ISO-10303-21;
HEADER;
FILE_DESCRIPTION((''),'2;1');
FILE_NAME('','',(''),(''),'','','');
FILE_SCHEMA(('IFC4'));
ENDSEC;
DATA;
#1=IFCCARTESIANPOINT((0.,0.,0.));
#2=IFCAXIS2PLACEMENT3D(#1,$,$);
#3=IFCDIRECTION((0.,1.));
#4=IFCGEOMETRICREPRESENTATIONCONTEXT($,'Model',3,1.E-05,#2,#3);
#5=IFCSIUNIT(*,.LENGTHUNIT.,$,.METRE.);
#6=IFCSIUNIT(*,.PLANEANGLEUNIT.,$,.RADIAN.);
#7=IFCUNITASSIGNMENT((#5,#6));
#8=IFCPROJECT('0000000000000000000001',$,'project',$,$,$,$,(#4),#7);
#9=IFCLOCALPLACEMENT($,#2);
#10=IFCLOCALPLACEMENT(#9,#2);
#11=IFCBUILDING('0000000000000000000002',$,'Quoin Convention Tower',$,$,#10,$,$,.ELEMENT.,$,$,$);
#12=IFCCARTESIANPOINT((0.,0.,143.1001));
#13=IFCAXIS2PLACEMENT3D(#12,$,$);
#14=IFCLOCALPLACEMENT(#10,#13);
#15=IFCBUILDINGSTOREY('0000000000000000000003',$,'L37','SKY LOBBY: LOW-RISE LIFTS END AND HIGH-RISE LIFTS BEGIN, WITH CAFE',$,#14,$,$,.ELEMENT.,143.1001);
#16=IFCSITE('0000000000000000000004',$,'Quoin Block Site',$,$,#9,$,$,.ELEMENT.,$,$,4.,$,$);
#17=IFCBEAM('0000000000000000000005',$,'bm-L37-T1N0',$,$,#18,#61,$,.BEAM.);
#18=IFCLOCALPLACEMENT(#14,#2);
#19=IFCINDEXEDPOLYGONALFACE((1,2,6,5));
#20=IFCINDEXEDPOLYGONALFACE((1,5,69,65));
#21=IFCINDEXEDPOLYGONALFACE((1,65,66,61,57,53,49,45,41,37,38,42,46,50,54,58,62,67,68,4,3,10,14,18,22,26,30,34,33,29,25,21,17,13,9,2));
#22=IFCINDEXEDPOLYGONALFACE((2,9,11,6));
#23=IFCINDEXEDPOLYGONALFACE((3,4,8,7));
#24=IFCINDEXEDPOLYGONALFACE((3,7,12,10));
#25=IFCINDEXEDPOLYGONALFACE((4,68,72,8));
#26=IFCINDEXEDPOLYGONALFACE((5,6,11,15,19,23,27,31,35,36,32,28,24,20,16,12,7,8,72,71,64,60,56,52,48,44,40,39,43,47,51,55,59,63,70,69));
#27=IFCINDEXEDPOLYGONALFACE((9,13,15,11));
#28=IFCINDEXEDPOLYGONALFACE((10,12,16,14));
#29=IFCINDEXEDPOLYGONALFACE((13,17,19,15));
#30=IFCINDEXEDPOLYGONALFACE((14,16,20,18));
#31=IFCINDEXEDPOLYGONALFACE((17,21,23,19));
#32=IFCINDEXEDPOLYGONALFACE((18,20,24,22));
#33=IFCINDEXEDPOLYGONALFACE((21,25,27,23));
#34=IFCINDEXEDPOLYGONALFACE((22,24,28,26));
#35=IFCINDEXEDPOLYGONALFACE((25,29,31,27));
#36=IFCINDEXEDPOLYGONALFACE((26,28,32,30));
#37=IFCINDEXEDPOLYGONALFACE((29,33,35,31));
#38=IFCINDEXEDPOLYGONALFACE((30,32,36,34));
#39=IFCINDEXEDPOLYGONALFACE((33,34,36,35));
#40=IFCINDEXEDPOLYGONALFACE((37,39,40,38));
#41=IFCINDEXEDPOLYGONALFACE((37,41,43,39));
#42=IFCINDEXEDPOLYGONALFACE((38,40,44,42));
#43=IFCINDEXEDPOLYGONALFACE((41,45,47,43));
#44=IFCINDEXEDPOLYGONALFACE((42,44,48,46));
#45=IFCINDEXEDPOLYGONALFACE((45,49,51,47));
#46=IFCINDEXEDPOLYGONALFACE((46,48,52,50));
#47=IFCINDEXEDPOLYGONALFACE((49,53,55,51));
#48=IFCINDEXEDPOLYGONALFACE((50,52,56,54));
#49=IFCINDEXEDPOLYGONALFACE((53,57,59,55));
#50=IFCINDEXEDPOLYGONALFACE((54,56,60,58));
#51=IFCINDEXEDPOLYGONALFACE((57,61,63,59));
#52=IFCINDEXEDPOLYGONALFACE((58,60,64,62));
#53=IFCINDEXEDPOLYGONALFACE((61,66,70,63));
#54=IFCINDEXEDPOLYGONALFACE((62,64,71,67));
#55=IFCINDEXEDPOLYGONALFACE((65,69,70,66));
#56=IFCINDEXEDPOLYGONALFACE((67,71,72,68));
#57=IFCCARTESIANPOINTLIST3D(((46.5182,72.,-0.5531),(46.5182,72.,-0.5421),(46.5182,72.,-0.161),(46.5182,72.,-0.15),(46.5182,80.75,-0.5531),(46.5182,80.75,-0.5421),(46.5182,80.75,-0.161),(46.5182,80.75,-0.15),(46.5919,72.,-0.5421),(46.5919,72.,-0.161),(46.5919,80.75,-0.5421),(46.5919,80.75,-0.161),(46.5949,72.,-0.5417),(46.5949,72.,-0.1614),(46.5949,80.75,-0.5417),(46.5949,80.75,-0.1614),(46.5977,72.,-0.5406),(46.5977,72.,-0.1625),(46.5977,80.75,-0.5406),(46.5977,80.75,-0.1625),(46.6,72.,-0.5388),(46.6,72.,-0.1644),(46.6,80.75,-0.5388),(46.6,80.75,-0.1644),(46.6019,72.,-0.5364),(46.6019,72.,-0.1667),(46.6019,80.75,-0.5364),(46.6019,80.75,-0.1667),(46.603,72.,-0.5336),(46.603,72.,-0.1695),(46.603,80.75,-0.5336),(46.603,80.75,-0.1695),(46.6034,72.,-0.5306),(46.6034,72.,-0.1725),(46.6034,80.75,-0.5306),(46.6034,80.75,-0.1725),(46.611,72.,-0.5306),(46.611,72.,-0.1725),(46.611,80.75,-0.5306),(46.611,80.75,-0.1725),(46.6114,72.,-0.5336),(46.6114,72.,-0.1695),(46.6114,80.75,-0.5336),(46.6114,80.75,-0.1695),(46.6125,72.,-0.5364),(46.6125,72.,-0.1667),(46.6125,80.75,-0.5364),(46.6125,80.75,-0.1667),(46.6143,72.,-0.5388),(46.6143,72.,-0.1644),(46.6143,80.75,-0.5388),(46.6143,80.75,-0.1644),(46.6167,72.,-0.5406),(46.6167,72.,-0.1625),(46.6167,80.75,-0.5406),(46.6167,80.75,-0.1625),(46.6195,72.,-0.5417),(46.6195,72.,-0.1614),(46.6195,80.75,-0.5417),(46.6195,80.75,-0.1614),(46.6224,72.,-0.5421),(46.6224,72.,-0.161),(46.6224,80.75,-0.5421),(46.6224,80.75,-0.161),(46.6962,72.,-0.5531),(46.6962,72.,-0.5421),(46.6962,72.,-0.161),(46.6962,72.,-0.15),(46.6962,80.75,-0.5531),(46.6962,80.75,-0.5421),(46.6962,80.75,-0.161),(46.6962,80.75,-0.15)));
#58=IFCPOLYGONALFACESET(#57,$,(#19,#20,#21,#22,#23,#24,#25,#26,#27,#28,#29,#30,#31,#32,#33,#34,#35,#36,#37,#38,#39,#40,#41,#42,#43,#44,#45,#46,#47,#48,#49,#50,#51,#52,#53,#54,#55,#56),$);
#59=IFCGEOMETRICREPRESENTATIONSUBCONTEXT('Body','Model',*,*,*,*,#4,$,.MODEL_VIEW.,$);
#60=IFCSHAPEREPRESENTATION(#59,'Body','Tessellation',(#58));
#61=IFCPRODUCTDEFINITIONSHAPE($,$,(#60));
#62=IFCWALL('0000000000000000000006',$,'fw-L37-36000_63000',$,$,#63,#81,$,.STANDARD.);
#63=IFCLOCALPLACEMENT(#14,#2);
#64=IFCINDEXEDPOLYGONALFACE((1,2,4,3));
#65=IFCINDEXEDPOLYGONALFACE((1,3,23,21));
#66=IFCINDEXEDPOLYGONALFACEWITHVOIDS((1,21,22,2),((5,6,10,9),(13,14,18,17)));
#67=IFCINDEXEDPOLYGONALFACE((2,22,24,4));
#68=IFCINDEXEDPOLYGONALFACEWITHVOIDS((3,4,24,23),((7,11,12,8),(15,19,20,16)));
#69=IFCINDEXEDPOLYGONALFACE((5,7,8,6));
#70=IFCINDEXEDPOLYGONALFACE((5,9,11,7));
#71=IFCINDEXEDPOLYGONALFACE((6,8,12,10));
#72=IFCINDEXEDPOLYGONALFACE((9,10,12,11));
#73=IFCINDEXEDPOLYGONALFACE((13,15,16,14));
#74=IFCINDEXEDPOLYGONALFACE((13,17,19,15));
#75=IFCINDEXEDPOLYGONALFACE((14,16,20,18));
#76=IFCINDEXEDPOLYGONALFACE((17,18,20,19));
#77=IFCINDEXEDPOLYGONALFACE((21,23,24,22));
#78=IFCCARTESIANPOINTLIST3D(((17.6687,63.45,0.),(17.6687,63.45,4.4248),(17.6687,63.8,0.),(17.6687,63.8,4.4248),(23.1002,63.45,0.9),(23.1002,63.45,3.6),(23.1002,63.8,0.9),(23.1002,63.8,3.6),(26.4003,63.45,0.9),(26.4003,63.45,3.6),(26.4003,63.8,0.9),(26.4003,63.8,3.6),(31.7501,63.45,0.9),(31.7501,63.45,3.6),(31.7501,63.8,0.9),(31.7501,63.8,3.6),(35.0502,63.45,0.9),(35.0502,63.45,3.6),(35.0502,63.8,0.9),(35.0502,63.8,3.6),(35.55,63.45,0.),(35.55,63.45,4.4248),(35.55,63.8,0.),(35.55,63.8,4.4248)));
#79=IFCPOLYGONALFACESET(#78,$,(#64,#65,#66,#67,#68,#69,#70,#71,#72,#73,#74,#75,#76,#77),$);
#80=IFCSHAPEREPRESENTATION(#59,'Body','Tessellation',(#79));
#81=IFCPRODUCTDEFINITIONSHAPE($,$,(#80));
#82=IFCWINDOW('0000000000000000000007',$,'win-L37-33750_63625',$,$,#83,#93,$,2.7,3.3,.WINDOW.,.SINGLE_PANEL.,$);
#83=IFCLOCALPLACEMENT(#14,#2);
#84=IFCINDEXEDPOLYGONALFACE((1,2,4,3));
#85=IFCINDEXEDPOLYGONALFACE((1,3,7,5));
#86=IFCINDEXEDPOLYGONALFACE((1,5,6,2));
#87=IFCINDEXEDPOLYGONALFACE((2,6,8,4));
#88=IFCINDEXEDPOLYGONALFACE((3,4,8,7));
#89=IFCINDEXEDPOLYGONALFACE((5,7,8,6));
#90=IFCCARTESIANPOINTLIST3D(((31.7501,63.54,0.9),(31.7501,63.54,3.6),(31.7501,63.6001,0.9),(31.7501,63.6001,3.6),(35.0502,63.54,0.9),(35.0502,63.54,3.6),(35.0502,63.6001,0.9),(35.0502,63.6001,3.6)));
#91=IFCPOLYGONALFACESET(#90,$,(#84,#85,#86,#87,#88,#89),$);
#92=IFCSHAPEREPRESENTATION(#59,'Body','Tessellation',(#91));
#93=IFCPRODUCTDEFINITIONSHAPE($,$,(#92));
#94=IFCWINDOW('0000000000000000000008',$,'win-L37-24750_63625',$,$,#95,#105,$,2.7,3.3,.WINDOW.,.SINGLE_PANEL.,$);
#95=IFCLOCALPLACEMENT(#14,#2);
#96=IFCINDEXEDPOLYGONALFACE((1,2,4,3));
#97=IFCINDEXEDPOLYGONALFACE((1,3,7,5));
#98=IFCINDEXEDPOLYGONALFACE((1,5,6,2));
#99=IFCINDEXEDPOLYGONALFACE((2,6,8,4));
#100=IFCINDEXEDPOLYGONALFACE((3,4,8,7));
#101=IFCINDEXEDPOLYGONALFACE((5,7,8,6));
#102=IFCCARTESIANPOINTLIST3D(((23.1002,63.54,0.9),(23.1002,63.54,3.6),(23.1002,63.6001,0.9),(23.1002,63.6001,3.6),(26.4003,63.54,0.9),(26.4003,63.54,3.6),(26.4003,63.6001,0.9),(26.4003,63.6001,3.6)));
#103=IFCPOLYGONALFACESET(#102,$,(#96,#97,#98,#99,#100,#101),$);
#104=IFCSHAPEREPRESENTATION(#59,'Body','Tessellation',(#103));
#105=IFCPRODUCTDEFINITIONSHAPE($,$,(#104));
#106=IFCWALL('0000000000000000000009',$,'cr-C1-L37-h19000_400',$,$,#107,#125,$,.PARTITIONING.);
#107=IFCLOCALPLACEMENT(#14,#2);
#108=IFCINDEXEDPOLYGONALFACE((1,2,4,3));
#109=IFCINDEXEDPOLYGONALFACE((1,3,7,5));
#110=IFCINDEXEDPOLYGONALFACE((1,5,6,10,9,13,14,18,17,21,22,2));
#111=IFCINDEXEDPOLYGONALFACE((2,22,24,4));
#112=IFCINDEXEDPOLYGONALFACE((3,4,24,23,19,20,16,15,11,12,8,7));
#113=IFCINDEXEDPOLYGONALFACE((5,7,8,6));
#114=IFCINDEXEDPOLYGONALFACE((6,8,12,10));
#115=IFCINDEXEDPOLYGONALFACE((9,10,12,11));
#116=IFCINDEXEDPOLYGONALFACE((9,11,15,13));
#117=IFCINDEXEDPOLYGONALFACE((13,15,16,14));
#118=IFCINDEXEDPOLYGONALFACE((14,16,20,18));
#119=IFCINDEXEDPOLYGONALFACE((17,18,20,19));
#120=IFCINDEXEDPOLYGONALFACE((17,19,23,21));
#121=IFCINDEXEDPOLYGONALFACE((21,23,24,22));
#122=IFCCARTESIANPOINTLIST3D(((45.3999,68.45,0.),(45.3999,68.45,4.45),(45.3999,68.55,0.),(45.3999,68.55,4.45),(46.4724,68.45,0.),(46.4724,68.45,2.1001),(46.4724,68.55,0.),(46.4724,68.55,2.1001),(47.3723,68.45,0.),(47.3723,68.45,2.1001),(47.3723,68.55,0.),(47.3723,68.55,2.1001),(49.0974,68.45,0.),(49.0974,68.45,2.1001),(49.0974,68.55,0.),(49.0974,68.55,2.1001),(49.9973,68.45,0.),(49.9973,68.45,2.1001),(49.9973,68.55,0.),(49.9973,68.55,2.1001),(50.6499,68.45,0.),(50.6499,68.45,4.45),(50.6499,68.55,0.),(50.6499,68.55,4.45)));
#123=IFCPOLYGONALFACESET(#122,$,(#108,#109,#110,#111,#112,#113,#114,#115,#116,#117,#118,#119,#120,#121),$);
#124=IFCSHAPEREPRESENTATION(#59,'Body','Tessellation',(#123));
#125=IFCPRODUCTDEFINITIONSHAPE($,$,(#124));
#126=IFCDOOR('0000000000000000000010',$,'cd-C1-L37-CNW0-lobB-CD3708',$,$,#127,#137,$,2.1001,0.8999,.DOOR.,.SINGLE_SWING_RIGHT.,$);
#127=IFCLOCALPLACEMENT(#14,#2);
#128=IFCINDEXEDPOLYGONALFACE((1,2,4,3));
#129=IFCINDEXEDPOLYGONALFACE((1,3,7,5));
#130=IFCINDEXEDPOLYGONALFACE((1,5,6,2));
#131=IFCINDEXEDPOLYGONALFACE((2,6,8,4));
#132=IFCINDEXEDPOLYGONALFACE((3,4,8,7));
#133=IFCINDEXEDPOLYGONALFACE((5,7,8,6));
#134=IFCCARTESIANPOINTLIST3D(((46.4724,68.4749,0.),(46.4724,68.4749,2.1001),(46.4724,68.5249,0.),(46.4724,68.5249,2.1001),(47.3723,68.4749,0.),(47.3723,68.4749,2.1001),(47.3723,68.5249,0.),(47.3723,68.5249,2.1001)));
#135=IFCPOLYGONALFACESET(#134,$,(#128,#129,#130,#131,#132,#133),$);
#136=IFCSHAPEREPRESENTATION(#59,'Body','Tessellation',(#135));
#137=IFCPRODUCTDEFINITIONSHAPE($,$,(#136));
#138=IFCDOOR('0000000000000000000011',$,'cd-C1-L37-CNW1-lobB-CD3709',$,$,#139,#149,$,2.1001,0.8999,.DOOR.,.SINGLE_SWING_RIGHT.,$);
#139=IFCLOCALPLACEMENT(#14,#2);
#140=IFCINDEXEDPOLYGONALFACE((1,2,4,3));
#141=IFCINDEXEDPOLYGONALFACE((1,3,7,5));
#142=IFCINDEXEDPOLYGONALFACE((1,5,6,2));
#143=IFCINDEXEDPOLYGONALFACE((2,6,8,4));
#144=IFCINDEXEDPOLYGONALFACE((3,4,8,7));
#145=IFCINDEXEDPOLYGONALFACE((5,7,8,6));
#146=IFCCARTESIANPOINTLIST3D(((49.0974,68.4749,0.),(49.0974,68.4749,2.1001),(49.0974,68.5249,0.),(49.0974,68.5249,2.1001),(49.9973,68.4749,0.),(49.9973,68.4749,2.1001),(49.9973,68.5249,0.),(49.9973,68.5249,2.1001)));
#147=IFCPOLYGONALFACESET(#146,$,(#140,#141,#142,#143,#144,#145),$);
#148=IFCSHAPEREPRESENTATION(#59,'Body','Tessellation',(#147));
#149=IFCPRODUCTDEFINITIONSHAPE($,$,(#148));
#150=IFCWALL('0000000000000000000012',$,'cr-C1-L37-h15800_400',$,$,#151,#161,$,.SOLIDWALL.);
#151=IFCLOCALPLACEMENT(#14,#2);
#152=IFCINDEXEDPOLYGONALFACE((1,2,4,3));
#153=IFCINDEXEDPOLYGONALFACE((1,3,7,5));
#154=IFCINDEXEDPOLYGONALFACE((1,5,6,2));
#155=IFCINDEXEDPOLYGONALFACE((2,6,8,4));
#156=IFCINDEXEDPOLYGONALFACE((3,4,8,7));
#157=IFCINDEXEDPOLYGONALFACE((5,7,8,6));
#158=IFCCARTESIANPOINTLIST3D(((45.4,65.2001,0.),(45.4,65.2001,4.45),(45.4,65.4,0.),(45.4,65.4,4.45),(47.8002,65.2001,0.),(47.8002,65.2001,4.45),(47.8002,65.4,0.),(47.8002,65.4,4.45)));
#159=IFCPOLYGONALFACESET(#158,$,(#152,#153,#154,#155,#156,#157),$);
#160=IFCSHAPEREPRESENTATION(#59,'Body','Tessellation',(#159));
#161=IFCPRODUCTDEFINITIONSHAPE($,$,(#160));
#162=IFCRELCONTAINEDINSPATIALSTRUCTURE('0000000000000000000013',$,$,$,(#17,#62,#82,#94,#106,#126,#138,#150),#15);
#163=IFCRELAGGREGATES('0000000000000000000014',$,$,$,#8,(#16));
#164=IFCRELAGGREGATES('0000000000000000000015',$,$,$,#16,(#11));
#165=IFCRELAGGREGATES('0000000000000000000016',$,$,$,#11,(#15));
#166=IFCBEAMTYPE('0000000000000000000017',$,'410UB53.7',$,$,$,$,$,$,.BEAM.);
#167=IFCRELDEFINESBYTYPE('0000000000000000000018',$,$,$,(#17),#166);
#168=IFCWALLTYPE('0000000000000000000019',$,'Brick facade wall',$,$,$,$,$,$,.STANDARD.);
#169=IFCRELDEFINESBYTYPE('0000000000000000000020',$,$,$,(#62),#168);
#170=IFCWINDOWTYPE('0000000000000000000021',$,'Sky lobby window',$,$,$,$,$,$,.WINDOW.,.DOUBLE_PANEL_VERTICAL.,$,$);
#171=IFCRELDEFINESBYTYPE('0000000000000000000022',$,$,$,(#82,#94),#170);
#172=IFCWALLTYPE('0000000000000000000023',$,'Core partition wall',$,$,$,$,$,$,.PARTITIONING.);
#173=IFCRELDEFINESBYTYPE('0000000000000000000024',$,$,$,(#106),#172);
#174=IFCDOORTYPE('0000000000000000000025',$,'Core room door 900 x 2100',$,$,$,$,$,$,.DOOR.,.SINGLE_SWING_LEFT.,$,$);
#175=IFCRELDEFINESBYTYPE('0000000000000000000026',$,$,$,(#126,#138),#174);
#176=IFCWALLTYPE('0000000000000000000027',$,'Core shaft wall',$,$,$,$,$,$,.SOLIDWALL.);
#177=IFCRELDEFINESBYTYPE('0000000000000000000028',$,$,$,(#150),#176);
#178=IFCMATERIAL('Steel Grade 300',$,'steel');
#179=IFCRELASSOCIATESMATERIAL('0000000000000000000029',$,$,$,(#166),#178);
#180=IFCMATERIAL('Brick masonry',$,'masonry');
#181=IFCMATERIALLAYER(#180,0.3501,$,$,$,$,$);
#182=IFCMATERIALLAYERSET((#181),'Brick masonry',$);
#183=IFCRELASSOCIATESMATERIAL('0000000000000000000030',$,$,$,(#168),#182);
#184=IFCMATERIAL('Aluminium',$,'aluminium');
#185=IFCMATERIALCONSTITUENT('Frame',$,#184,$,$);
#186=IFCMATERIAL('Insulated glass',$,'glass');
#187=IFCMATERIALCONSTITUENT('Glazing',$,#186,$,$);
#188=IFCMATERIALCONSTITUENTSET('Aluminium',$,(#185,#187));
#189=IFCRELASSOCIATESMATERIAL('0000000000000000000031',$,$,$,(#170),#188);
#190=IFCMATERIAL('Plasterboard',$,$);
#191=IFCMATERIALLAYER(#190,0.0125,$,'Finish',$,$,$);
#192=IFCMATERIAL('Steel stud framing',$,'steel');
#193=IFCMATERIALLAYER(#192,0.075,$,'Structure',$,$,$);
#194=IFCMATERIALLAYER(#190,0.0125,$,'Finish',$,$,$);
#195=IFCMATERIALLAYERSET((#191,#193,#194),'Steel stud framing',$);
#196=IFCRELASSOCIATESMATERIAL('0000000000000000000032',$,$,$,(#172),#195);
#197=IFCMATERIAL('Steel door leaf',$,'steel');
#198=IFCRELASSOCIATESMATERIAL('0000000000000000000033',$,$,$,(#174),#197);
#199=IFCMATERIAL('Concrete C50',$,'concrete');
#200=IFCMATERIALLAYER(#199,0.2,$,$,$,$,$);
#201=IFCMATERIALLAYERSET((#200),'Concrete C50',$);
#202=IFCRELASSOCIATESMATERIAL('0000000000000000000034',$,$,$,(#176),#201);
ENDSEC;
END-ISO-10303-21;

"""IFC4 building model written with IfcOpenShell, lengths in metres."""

from ifc_helpers import new_model, si_unit, direction, frame, frame_2d, origin, origin_2d, place, context, subcontext, project, spatial, rectangle, i_section, extrude, material, layer, layer_set, constituent, constituent_set, material_profile, profile_set, type_object, element, fill, save


model = new_model("IFC4")

# Units and contexts
model_context = context("Model", 3, precision=1e-05, world=origin(), true_north=direction((0.0, 1.0)))
body_context = subcontext(model_context, "Body", "Model", "MODEL_VIEW")
ifc_project = project(units=[si_unit("LENGTHUNIT", "METRE"), si_unit("PLANEANGLEUNIT", "RADIAN")], contexts=[model_context])

# Site, building, storey
site_placement = place(None, origin())
site = spatial("IfcSite", under=ifc_project, at=site_placement, Name="Quoin Block Site", CompositionType="ELEMENT", RefElevation=4.0)
building_placement = place(site_placement, origin())
building = spatial("IfcBuilding", under=site, at=building_placement, Name="Quoin Convention Tower", CompositionType="ELEMENT")
storey_placement = place(building_placement, frame((0.0, 0.0, 143.1001)))
storey = spatial("IfcBuildingStorey", under=building, at=storey_placement, Name="L37", Description="SKY LOBBY: LOW-RISE LIFTS END AND HIGH-RISE LIFTS BEGIN, WITH CAFE", CompositionType="ELEMENT", Elevation=143.1001)

# Shared definitions
ifc_material_1 = material(Name="Concrete C50", Category="concrete")

# Beam
ifc_material_2 = material(Name="Steel Grade 300", Category="steel")
ifc_material_profile_1 = material_profile(ifc_material_2, i_section(OverallWidth=0.178, OverallDepth=0.4031, WebThickness=0.0076, FlangeThickness=0.011, FilletRadius=0.0115, at=origin_2d()), Name="410UB53.7")
ifc_profile_set_1 = profile_set([ifc_material_profile_1], Name="Steel Grade 300")
beam_type = type_object("IfcBeamType", Name="410UB53.7", PredefinedType="BEAM", material=ifc_profile_set_1)
for number, where, z_axis, x_axis, name in (
    (1, (46.6072, 72.0, -0.3516), (0.0, 1.0, 0.0), (-1.0, 0.0, 0.0), "bm-L37-T1N0"),
):
    element("IfcBeam", number, at=place(storey_placement, frame(where, z_axis=z_axis, x_axis=x_axis)), inside=storey, type_object=beam_type, Name=name, PredefinedType="BEAM", context=body_context, shape_type="SweptSolid", body=[
        extrude(i_section(OverallWidth=0.178, OverallDepth=0.4031, WebThickness=0.0076, FlangeThickness=0.011, FilletRadius=0.0115, at=origin_2d()), origin(), (0.0, 0.0, 1.0), 8.75),
    ])

# Wall, openings, windows
ifc_material_3 = material(Name="Brick masonry", Category="masonry")
ifc_layer_1 = layer(ifc_material_3, 0.3501)
ifc_layer_set_1 = layer_set([ifc_layer_1], Name="Brick masonry")
wall_type_1 = type_object("IfcWallType", Name="Brick facade wall", PredefinedType="STANDARD", material=ifc_layer_set_1)
wall_1_placement = place(storey_placement, frame((35.55, 63.625, 0.0), z_axis=(0.0, 0.0, 1.0), x_axis=(-1.0, 0.0, 0.0)))
wall_1 = element("IfcWall", 2, at=wall_1_placement, inside=storey, type_object=wall_type_1, Name="fw-L37-36000_63000", PredefinedType="STANDARD", context=body_context, shape_type="SweptSolid", body=[
    extrude(rectangle(XDim=17.8813, YDim=0.3501, at=frame_2d((8.9407, 0.0))), origin(), (0.0, 0.0, 1.0), 4.4248),
])
opening_1_placement = place(wall_1_placement, frame((0.5, 0.0, 0.8999)))
opening_1 = element("IfcOpeningElement", 3, at=opening_1_placement, cuts=wall_1, PredefinedType="OPENING", context=body_context, shape_type="SweptSolid", body=[
    extrude(rectangle(XDim=3.3, YDim=2.7, at=frame_2d((1.6499, 1.3501))), frame((0.0, 0.1851, 0.0), z_axis=(0.0, -1.0, 0.0), x_axis=(1.0, 0.0, 0.0)), (0.0, 0.0, 1.0), 0.3701),
])
opening_2_placement = place(wall_1_placement, frame((9.1499, 0.0, 0.8999)))
opening_2 = element("IfcOpeningElement", 4, at=opening_2_placement, cuts=wall_1, PredefinedType="OPENING", context=body_context, shape_type="SweptSolid", body=[
    extrude(rectangle(XDim=3.3, YDim=2.7, at=frame_2d((1.6499, 1.3501))), frame((0.0, 0.1851, 0.0), z_axis=(0.0, -1.0, 0.0), x_axis=(1.0, 0.0, 0.0)), (0.0, 0.0, 1.0), 0.3701),
])
ifc_material_4 = material(Name="Aluminium", Category="aluminium")
ifc_constituent_1 = constituent(ifc_material_4, Name="Frame")
ifc_material_5 = material(Name="Insulated glass", Category="glass")
ifc_constituent_2 = constituent(ifc_material_5, Name="Glazing")
ifc_constituent_set = constituent_set(constituents=[ifc_constituent_1, ifc_constituent_2], Name="Aluminium")
window_type = type_object("IfcWindowType", Name="Sky lobby window", PartitioningType="DOUBLE_PANEL_VERTICAL", PredefinedType="WINDOW", material=ifc_constituent_set)
window_1_placement = place(opening_1_placement, origin())
window_1 = element("IfcWindow", 5, at=window_1_placement, inside=storey, type_object=window_type, Name="win-L37-33750_63625", OverallHeight=2.7, OverallWidth=3.3, PartitioningType="SINGLE_PANEL", PredefinedType="WINDOW", context=body_context, shape_type="SweptSolid", body=[
    extrude(rectangle(XDim=3.3, YDim=2.7, at=frame_2d((1.6499, 1.3501))), frame((0.0, 0.085, 0.0), z_axis=(0.0, -1.0, 0.0), x_axis=(1.0, 0.0, 0.0)), (0.0, 0.0, 1.0), 0.0601),
])
fill(opening_1, window_1)
window_2_placement = place(opening_2_placement, origin())
window_2 = element("IfcWindow", 6, at=window_2_placement, inside=storey, type_object=window_type, Name="win-L37-24750_63625", OverallHeight=2.7, OverallWidth=3.3, PartitioningType="SINGLE_PANEL", PredefinedType="WINDOW", context=body_context, shape_type="SweptSolid", body=[
    extrude(rectangle(XDim=3.3, YDim=2.7, at=frame_2d((1.6499, 1.3501))), frame((0.0, 0.085, 0.0), z_axis=(0.0, -1.0, 0.0), x_axis=(1.0, 0.0, 0.0)), (0.0, 0.0, 1.0), 0.0601),
])
fill(opening_2, window_2)

# Wall, openings, doors
ifc_material_6 = material(Name="Plasterboard")
ifc_layer_2 = layer(ifc_material_6, 0.0125, Name="Finish")
ifc_material_7 = material(Name="Steel stud framing", Category="steel")
ifc_layer_3 = layer(ifc_material_7, 0.075, Name="Structure")
ifc_layer_4 = layer(ifc_material_6, 0.0125, Name="Finish")
ifc_layer_set_2 = layer_set([ifc_layer_2, ifc_layer_3, ifc_layer_4], Name="Steel stud framing")
wall_type_2 = type_object("IfcWallType", Name="Core partition wall", PredefinedType="PARTITIONING", material=ifc_layer_set_2)
wall_2_placement = place(storey_placement, frame((45.3999, 68.5, 0.0), z_axis=(0.0, 0.0, 1.0), x_axis=(1.0, 0.0, 0.0)))
wall_2 = element("IfcWall", 7, at=wall_2_placement, inside=storey, type_object=wall_type_2, Name="cr-C1-L37-h19000_400", PredefinedType="PARTITIONING", context=body_context, shape_type="SweptSolid", body=[
    extrude(rectangle(XDim=5.25, YDim=0.1001, at=frame_2d((2.625, 0.0))), origin(), (0.0, 0.0, 1.0), 4.45),
])
opening_3_placement = place(wall_2_placement, frame((1.0725, 0.0, 0.0)))
opening_3 = element("IfcOpeningElement", 8, at=opening_3_placement, cuts=wall_2, PredefinedType="OPENING", context=body_context, shape_type="SweptSolid", body=[
    extrude(rectangle(XDim=0.8999, YDim=2.1001, at=frame_2d((0.45, 1.05))), frame((0.0, 0.0601, 0.0), z_axis=(0.0, -1.0, 0.0), x_axis=(1.0, 0.0, 0.0)), (0.0, 0.0, 1.0), 0.1201),
])
opening_4_placement = place(wall_2_placement, frame((3.6975, 0.0, 0.0)))
opening_4 = element("IfcOpeningElement", 9, at=opening_4_placement, cuts=wall_2, PredefinedType="OPENING", context=body_context, shape_type="SweptSolid", body=[
    extrude(rectangle(XDim=0.8999, YDim=2.1001, at=frame_2d((0.45, 1.05))), frame((0.0, 0.0601, 0.0), z_axis=(0.0, -1.0, 0.0), x_axis=(1.0, 0.0, 0.0)), (0.0, 0.0, 1.0), 0.1201),
])
ifc_material_8 = material(Name="Steel door leaf", Category="steel")
door_type = type_object("IfcDoorType", Name="Core room door 900 x 2100", OperationType="SINGLE_SWING_LEFT", PredefinedType="DOOR", material=ifc_material_8)
door_1_placement = place(opening_3_placement, origin())
door_1 = element("IfcDoor", 10, at=door_1_placement, inside=storey, type_object=door_type, Name="cd-C1-L37-CNW0-lobB-CD3708", OperationType="SINGLE_SWING_RIGHT", OverallHeight=2.1001, OverallWidth=0.8999, PredefinedType="DOOR", context=body_context, shape_type="SweptSolid", body=[
    extrude(rectangle(XDim=0.8999, YDim=2.1001, at=frame_2d((0.45, 1.05))), frame((0.0, 0.0249, 0.0), z_axis=(0.0, -1.0, 0.0), x_axis=(1.0, 0.0, 0.0)), (0.0, 0.0, 1.0), 0.05),
])
fill(opening_3, door_1)
door_2_placement = place(opening_4_placement, origin())
door_2 = element("IfcDoor", 11, at=door_2_placement, inside=storey, type_object=door_type, Name="cd-C1-L37-CNW1-lobB-CD3709", OperationType="SINGLE_SWING_RIGHT", OverallHeight=2.1001, OverallWidth=0.8999, PredefinedType="DOOR", context=body_context, shape_type="SweptSolid", body=[
    extrude(rectangle(XDim=0.8999, YDim=2.1001, at=frame_2d((0.45, 1.05))), frame((0.0, 0.0249, 0.0), z_axis=(0.0, -1.0, 0.0), x_axis=(1.0, 0.0, 0.0)), (0.0, 0.0, 1.0), 0.05),
])
fill(opening_4, door_2)

# Wall
ifc_layer_5 = layer(ifc_material_1, 0.2)
ifc_layer_set_3 = layer_set([ifc_layer_5], Name="Concrete C50")
wall_type_3 = type_object("IfcWallType", Name="Core shaft wall", PredefinedType="SOLIDWALL", material=ifc_layer_set_3)
wall_3_placement = place(storey_placement, frame((45.3999, 65.3, 0.0), z_axis=(0.0, 0.0, 1.0), x_axis=(1.0, 0.0, 0.0)))
element("IfcWall", 12, at=wall_3_placement, inside=storey, type_object=wall_type_3, Name="cr-C1-L37-h15800_400", PredefinedType="SOLIDWALL", context=body_context, shape_type="SweptSolid", body=[
    extrude(rectangle(XDim=2.4001, YDim=0.2, at=frame_2d((1.2002, 0.0))), origin(), (0.0, 0.0, 1.0), 4.45),
])

save(model, "model.ifc")
